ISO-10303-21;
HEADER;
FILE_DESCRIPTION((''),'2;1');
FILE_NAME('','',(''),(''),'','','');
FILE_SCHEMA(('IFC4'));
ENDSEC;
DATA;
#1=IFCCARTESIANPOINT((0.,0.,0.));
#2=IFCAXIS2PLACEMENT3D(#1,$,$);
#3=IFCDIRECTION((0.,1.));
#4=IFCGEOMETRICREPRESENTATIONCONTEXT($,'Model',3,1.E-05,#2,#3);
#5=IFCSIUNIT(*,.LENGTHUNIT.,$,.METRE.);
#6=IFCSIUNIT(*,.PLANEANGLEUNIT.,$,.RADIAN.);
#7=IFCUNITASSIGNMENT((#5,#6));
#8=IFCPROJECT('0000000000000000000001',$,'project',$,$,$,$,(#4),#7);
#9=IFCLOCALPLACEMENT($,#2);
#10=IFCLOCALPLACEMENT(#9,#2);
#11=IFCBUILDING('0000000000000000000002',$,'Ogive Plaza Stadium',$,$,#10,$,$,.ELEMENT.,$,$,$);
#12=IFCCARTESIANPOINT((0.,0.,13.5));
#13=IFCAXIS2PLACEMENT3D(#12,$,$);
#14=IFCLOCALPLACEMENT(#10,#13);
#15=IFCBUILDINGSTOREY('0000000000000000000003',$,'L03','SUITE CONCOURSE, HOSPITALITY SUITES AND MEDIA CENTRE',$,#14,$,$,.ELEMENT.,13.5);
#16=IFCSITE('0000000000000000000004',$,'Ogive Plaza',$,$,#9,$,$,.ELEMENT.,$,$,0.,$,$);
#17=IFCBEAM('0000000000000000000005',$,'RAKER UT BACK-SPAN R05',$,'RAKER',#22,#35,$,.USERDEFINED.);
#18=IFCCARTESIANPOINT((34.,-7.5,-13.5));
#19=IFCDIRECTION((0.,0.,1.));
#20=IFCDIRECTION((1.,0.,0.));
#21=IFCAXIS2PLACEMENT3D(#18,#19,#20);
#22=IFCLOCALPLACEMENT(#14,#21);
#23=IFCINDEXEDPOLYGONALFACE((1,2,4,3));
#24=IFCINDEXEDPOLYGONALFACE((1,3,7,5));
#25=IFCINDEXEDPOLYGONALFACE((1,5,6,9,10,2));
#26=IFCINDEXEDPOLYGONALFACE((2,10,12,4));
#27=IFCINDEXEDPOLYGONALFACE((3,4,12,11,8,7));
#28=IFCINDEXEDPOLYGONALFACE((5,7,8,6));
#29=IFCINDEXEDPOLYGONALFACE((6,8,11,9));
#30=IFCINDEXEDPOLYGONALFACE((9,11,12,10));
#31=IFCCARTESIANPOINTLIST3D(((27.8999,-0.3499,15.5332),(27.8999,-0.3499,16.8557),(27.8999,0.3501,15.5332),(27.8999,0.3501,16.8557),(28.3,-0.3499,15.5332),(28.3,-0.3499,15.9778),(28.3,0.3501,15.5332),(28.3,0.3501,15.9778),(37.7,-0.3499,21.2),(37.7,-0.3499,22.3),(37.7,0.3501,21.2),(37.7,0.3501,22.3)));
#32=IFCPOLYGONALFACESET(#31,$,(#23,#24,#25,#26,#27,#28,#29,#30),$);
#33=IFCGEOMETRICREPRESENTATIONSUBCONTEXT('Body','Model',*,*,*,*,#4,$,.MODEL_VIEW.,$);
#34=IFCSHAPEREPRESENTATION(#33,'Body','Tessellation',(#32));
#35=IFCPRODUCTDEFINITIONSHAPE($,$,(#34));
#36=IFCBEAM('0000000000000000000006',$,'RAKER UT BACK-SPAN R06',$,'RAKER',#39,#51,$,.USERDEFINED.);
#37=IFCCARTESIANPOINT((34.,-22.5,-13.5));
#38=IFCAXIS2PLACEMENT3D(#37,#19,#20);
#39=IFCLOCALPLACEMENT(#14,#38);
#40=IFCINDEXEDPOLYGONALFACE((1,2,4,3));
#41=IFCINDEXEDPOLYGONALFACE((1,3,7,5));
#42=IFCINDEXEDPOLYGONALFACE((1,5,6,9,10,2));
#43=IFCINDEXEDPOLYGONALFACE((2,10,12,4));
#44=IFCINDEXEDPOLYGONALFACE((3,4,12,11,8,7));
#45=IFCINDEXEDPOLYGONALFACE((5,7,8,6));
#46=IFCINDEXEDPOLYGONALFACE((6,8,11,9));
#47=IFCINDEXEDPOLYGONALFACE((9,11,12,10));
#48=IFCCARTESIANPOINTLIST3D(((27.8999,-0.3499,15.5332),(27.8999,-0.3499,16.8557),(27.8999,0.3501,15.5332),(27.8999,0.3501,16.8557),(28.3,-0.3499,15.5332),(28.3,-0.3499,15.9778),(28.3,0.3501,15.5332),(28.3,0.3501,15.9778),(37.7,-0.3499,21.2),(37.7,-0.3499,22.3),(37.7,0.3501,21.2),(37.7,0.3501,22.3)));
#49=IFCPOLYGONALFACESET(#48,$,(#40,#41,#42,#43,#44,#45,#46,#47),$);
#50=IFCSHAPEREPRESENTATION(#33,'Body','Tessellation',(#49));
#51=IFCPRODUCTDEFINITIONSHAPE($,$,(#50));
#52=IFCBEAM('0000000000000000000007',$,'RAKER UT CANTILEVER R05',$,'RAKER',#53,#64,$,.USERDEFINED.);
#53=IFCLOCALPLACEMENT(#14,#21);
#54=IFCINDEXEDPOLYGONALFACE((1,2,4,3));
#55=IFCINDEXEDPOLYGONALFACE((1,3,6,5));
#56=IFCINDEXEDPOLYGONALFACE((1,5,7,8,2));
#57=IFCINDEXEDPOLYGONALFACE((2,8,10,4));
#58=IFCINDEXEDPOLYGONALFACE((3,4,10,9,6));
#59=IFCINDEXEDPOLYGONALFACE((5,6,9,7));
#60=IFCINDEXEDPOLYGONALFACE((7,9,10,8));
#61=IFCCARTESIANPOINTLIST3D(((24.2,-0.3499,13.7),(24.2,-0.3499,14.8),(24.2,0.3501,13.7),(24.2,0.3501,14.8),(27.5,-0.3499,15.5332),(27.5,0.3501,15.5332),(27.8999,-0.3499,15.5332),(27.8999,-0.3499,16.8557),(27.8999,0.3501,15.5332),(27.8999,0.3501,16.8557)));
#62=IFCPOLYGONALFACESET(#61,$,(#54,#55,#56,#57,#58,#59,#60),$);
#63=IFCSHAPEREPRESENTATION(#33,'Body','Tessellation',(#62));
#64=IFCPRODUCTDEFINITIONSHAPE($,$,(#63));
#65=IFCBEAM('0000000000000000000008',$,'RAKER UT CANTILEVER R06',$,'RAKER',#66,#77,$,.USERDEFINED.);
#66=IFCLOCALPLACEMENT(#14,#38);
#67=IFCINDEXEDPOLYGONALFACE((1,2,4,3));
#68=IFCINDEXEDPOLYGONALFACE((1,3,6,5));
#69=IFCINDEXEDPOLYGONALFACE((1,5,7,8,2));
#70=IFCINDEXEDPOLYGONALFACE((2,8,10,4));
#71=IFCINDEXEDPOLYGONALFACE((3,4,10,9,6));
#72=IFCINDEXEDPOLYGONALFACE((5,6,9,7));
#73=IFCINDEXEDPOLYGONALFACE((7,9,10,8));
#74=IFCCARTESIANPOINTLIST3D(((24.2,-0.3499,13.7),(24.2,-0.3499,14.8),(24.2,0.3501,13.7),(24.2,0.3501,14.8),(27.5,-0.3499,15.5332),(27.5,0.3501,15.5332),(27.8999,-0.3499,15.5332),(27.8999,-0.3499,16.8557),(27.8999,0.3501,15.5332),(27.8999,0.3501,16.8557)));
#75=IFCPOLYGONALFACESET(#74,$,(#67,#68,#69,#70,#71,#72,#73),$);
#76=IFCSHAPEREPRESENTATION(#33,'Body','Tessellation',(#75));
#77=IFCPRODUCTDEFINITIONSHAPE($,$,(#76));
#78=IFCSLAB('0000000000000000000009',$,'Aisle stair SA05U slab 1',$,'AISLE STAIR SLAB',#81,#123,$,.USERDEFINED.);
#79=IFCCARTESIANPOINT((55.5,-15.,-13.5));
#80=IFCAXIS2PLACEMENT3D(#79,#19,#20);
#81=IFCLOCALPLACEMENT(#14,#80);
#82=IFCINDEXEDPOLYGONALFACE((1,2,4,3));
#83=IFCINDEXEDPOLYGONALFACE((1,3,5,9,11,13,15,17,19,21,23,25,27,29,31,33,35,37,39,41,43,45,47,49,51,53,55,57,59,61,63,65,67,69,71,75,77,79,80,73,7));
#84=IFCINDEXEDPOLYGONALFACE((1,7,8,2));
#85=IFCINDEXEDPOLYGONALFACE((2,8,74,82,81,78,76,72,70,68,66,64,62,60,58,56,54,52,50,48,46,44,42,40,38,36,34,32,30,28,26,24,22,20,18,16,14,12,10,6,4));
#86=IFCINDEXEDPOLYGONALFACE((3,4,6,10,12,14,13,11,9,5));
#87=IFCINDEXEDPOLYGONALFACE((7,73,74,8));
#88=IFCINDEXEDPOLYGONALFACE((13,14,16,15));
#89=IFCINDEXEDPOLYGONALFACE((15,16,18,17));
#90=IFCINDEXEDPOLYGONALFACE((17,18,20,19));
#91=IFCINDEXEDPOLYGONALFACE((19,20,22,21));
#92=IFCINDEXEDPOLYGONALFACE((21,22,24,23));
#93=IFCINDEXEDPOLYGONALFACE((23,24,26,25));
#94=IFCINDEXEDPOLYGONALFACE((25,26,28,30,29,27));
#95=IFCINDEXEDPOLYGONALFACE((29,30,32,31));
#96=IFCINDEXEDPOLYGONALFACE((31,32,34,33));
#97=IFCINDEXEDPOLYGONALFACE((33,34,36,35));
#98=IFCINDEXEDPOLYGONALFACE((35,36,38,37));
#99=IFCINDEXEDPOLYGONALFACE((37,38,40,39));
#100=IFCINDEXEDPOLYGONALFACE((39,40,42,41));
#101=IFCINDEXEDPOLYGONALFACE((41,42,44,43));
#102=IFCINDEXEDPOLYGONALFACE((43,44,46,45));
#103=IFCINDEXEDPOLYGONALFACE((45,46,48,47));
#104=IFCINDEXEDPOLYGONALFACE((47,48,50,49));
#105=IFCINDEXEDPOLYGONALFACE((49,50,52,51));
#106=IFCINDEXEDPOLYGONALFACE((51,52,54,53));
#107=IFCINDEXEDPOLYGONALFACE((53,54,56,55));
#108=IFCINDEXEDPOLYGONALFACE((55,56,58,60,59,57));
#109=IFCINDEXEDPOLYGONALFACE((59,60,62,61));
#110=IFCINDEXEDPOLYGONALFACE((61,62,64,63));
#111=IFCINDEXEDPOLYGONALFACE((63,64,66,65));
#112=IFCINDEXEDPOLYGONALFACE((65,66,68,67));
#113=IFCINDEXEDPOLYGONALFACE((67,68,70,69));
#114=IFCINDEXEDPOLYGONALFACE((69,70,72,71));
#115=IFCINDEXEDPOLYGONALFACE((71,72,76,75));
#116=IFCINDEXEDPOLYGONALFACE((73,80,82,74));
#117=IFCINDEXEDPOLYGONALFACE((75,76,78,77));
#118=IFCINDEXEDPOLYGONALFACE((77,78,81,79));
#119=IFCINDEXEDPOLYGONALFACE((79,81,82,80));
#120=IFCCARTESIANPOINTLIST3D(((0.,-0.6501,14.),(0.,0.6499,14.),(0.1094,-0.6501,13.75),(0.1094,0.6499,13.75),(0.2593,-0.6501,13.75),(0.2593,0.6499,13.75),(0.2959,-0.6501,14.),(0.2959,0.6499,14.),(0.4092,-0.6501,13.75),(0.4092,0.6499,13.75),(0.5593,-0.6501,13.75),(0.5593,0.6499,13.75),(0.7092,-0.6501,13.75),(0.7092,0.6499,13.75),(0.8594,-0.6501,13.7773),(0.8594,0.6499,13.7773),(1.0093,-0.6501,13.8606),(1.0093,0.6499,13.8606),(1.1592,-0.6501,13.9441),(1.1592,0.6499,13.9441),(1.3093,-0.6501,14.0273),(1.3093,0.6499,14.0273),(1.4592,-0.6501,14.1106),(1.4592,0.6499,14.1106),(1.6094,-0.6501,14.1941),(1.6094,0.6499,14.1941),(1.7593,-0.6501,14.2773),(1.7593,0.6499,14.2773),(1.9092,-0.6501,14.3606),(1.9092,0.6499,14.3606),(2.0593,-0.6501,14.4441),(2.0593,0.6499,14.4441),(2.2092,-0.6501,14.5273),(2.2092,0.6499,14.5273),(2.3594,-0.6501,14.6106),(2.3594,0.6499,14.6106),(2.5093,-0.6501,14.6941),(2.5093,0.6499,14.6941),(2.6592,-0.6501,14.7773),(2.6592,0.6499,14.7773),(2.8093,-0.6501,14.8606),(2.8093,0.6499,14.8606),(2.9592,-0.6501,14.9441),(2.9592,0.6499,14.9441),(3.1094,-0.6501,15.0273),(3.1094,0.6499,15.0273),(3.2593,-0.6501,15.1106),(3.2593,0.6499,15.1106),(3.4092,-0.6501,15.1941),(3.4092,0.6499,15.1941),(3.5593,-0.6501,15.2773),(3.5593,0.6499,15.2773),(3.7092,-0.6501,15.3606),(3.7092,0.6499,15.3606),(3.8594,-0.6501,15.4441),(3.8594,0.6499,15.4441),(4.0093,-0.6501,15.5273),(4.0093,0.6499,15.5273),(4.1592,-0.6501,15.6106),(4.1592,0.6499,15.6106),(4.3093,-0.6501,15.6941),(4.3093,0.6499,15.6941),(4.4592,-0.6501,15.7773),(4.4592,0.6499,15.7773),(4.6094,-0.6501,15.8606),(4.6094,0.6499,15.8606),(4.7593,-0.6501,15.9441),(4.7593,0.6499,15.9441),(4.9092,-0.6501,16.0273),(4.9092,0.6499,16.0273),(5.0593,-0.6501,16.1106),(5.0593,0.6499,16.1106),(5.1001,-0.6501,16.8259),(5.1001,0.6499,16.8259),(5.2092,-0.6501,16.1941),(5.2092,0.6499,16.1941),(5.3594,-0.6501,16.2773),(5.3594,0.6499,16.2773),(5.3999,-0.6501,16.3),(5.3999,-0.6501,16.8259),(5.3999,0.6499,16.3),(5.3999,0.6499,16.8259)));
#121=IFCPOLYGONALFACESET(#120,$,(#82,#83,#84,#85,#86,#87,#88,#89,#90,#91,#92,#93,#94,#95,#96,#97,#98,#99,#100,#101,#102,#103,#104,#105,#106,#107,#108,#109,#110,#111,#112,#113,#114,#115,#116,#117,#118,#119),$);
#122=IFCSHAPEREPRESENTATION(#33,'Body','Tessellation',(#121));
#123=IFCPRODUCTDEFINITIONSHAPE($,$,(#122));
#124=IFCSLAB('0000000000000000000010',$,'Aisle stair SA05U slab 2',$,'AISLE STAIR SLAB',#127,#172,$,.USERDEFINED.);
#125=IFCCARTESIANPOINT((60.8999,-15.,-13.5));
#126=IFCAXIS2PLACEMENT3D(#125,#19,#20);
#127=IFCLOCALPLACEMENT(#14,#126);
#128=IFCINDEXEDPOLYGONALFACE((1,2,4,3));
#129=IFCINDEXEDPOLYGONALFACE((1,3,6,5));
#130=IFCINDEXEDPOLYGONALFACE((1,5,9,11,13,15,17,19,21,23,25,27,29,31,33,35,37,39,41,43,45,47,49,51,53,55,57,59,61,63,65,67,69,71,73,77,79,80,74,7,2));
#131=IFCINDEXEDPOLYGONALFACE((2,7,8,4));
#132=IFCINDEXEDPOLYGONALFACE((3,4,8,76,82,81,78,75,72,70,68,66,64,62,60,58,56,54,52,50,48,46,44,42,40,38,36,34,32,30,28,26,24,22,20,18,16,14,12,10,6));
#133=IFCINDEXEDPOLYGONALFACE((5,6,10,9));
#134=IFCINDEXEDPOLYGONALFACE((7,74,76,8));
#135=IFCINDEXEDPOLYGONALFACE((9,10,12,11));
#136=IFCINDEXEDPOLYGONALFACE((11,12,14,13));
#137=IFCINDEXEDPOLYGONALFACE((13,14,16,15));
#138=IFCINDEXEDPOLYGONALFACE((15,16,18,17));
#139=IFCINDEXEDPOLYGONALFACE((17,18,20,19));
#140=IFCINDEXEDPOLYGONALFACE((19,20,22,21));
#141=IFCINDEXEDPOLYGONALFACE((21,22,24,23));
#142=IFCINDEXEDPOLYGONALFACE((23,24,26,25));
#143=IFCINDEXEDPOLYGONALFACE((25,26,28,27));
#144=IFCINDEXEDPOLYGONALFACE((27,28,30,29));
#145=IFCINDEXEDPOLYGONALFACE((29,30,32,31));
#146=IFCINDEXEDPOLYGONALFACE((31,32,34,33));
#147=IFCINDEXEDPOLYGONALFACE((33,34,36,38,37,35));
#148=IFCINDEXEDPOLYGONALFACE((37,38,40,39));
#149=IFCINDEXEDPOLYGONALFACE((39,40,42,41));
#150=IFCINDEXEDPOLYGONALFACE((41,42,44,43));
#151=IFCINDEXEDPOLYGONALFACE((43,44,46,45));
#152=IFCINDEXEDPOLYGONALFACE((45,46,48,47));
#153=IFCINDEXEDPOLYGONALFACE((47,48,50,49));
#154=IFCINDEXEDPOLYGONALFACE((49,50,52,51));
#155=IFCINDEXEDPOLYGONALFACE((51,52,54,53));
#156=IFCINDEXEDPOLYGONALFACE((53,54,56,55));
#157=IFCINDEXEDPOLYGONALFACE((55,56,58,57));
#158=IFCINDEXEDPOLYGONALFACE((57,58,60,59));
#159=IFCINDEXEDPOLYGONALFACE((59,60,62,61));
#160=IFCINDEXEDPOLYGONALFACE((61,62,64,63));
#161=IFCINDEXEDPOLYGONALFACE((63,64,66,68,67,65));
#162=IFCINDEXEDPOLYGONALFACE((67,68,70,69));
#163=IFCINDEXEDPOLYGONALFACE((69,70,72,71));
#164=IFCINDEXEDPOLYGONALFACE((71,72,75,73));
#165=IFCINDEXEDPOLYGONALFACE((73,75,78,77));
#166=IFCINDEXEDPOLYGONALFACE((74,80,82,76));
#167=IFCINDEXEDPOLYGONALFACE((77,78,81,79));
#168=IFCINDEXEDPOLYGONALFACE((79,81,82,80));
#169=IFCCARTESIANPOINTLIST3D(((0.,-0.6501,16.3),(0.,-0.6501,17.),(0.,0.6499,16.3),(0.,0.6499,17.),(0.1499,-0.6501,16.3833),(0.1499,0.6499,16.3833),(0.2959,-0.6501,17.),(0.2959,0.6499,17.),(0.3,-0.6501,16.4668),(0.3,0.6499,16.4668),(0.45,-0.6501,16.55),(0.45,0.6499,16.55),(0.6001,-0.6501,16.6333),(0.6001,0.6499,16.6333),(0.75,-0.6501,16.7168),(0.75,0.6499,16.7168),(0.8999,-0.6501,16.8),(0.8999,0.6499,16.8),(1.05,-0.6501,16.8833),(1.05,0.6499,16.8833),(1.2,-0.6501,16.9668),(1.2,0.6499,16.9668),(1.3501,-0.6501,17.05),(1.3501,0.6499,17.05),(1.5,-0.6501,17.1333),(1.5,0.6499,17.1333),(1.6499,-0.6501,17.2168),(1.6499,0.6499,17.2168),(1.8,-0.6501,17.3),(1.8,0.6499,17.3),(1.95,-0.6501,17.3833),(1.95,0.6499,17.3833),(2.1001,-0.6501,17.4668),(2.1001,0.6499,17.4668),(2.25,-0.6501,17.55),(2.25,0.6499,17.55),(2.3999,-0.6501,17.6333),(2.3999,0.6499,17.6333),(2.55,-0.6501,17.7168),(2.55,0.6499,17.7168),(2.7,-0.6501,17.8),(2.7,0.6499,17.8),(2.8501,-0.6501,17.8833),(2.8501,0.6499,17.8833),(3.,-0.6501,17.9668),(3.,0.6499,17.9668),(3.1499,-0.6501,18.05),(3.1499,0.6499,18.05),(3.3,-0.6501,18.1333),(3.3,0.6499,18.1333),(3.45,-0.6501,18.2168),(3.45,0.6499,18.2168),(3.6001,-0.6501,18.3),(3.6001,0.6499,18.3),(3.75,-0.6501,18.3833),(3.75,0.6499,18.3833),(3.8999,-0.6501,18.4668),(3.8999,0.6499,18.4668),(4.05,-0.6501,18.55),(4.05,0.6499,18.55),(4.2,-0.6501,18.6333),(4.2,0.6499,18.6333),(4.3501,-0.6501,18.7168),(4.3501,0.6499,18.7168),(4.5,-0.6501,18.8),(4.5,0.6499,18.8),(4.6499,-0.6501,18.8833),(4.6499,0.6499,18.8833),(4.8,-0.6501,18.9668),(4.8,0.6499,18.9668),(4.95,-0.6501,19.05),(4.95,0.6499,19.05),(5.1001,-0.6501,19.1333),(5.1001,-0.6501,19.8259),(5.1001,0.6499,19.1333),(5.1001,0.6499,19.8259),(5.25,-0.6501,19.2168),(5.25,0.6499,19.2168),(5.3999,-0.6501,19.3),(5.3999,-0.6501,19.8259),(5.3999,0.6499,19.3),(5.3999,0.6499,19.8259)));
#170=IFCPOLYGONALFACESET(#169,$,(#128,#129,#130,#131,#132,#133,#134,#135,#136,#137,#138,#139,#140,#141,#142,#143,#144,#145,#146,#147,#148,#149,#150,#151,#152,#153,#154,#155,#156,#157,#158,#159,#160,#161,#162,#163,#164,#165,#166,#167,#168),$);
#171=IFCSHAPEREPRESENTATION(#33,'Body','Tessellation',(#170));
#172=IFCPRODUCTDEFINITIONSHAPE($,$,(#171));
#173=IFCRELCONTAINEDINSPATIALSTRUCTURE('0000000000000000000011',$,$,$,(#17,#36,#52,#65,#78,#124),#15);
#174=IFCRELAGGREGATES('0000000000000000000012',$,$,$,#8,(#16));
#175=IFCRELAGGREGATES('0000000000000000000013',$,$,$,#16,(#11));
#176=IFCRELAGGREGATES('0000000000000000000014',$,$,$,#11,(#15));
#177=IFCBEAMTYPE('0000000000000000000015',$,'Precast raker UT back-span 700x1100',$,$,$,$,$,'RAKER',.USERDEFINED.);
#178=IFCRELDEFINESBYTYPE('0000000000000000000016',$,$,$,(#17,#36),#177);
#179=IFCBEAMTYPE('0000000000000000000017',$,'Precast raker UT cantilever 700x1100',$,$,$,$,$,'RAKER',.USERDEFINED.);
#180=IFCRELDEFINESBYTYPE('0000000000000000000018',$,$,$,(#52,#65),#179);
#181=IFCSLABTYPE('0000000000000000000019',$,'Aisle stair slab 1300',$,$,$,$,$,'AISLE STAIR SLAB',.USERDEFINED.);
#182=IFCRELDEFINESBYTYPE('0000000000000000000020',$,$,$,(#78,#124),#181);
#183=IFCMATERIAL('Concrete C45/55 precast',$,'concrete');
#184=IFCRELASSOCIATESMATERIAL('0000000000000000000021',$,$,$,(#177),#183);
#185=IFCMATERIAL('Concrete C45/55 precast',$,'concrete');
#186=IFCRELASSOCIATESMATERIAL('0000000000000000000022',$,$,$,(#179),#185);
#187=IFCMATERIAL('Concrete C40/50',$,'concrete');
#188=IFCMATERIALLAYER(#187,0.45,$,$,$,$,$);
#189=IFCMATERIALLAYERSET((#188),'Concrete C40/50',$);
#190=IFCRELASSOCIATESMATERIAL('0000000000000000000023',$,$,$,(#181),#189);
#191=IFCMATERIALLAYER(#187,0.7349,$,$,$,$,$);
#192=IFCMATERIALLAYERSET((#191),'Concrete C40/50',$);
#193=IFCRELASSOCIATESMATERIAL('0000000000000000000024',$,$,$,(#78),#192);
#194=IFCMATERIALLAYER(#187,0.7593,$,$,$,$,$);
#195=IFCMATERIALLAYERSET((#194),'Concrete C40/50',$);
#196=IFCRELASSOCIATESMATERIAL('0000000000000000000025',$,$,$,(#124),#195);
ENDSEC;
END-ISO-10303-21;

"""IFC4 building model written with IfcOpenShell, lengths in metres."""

from ifc_helpers import new_model, si_unit, direction, frame, origin, origin_2d, place, context, subcontext, project, spatial, polyline, rectangle, outline, extrude, material, layer, layer_set, material_profile, profile_set, type_object, element, save


model = new_model("IFC4")

# Units and contexts
model_context = context("Model", 3, precision=1e-05, world=origin(), true_north=direction((0.0, 1.0)))
body_context = subcontext(model_context, "Body", "Model", "MODEL_VIEW")
ifc_project = project(units=[si_unit("LENGTHUNIT", "METRE"), si_unit("PLANEANGLEUNIT", "RADIAN")], contexts=[model_context])

# Site, building, storey
site_placement = place(None, origin())
site = spatial("IfcSite", under=ifc_project, at=site_placement, Name="Ogive Plaza", CompositionType="ELEMENT", RefElevation=0.0)
building_placement = place(site_placement, origin())
building = spatial("IfcBuilding", under=site, at=building_placement, Name="Ogive Plaza Stadium", CompositionType="ELEMENT")
storey_placement = place(building_placement, frame((0.0, 0.0, 13.5)))
storey = spatial("IfcBuildingStorey", under=building, at=storey_placement, Name="L03", Description="SUITE CONCOURSE, HOSPITALITY SUITES AND MEDIA CENTRE", CompositionType="ELEMENT", Elevation=13.5)

# Beams
ifc_material_1 = material(Name="Concrete C45/55 precast", Category="concrete")
ifc_material_profile_1 = material_profile(ifc_material_1, rectangle(XDim=0.7, YDim=1.1001, at=origin_2d()), Name="RC 700x1100")
ifc_profile_set_1 = profile_set([ifc_material_profile_1], Name="Concrete C45/55 precast")
beam_type_1 = type_object("IfcBeamType", Name="Precast raker UT back-span 700x1100", ElementType="RAKER", PredefinedType="USERDEFINED", material=ifc_profile_set_1)
for number, where, z_axis, x_axis, name in (
    (1, (34.0, -7.5, -13.5), (0.0, 0.0, 1.0), (1.0, 0.0, 0.0), "RAKER UT BACK-SPAN R05"),
    (2, (34.0, -22.5, -13.5), (0.0, 0.0, 1.0), (1.0, 0.0, 0.0), "RAKER UT BACK-SPAN R06"),
):
    element("IfcBeam", number, at=place(storey_placement, frame(where, z_axis=z_axis, x_axis=x_axis)), inside=storey, type_object=beam_type_1, Name=name, ObjectType="RAKER", PredefinedType="USERDEFINED", context=body_context, shape_type="SweptSolid", body=[
        extrude(outline(polyline([(27.8999, 15.5332), (28.3, 15.5332), (28.3, 15.9778), (37.7, 21.2), (37.7, 22.3), (27.8999, 16.8557), (27.8999, 15.5332)])), frame((0.0, 0.3501, 0.0), z_axis=(0.0, -1.0, 0.0), x_axis=(1.0, 0.0, 0.0)), (0.0, 0.0, 1.0), 0.7),
    ])
ifc_material_2 = material(Name="Concrete C45/55 precast", Category="concrete")
ifc_material_profile_2 = material_profile(ifc_material_2, rectangle(XDim=0.7, YDim=1.1001, at=origin_2d()), Name="RC 700x1100")
ifc_profile_set_2 = profile_set([ifc_material_profile_2], Name="Concrete C45/55 precast")
beam_type_2 = type_object("IfcBeamType", Name="Precast raker UT cantilever 700x1100", ElementType="RAKER", PredefinedType="USERDEFINED", material=ifc_profile_set_2)
for number, where, z_axis, x_axis, name in (
    (3, (34.0, -7.5, -13.5), (0.0, 0.0, 1.0), (1.0, 0.0, 0.0), "RAKER UT CANTILEVER R05"),
    (4, (34.0, -22.5, -13.5), (0.0, 0.0, 1.0), (1.0, 0.0, 0.0), "RAKER UT CANTILEVER R06"),
):
    element("IfcBeam", number, at=place(storey_placement, frame(where, z_axis=z_axis, x_axis=x_axis)), inside=storey, type_object=beam_type_2, Name=name, ObjectType="RAKER", PredefinedType="USERDEFINED", context=body_context, shape_type="SweptSolid", body=[
        extrude(outline(polyline([(24.2, 13.7), (27.5, 15.5332), (27.8999, 15.5332), (27.8999, 16.8557), (24.2, 14.8), (24.2, 13.7)])), frame((0.0, 0.3501, 0.0), z_axis=(0.0, -1.0, 0.0), x_axis=(1.0, 0.0, 0.0)), (0.0, 0.0, 1.0), 0.7),
    ])

# Slabs
ifc_material_3 = material(Name="Concrete C40/50", Category="concrete")
ifc_layer_1 = layer(ifc_material_3, 0.7349)
ifc_layer_set_1 = layer_set([ifc_layer_1], Name="Concrete C40/50")
ifc_layer_2 = layer(ifc_material_3, 0.45)
ifc_layer_set_2 = layer_set([ifc_layer_2], Name="Concrete C40/50")
slab_type_1 = type_object("IfcSlabType", Name="Aisle stair slab 1300", ElementType="AISLE STAIR SLAB", PredefinedType="USERDEFINED", material=ifc_layer_set_2)
slab_1_placement = place(storey_placement, frame((55.5, -15.0, -13.5), z_axis=(0.0, 0.0, 1.0), x_axis=(1.0, 0.0, 0.0)))
element("IfcSlab", 5, at=slab_1_placement, inside=storey, type_object=slab_type_1, material=ifc_layer_set_1, Name="Aisle stair SA05U slab 1", ObjectType="AISLE STAIR SLAB", PredefinedType="USERDEFINED", context=body_context, shape_type="SweptSolid", body=[
    extrude(outline(polyline([(0.0, 14.0), (0.2959, 14.0), (5.1001, 16.8259), (5.3999, 16.8259), (5.3999, 16.3), (5.3594, 16.2773), (5.2092, 16.1941), (5.0593, 16.1106), (4.9092, 16.0273), (4.7593, 15.9441), (4.6094, 15.8606), (4.4592, 15.7773), (4.3093, 15.6941), (4.1592, 15.6106), (4.0093, 15.5273), (3.8594, 15.4441), (3.7092, 15.3606), (3.5593, 15.2773), (3.4092, 15.1941), (3.2593, 15.1106), (3.1094, 15.0273), (2.9592, 14.9441), (2.8093, 14.8606), (2.6592, 14.7773), (2.5093, 14.6941), (2.3594, 14.6106), (2.2092, 14.5273), (2.0593, 14.4441), (1.9092, 14.3606), (1.7593, 14.2773), (1.6094, 14.1941), (1.4592, 14.1106), (1.3093, 14.0273), (1.1592, 13.9441), (1.0093, 13.8606), (0.8594, 13.7773), (0.7092, 13.75), (0.5593, 13.75), (0.4092, 13.75), (0.2593, 13.75), (0.1094, 13.75), (0.0, 14.0)])), frame((0.0, 0.6499, 0.0), z_axis=(0.0, -1.0, 0.0), x_axis=(1.0, 0.0, 0.0)), (0.0, 0.0, 1.0), 1.3),
])
ifc_layer_3 = layer(ifc_material_3, 0.7593)
ifc_layer_set_3 = layer_set([ifc_layer_3], Name="Concrete C40/50")
slab_2_placement = place(storey_placement, frame((60.8999, -15.0, -13.5), z_axis=(0.0, 0.0, 1.0), x_axis=(1.0, 0.0, 0.0)))
element("IfcSlab", 6, at=slab_2_placement, inside=storey, type_object=slab_type_1, material=ifc_layer_set_3, Name="Aisle stair SA05U slab 2", ObjectType="AISLE STAIR SLAB", PredefinedType="USERDEFINED", context=body_context, shape_type="SweptSolid", body=[
    extrude(outline(polyline([(0.0, 17.0), (0.2959, 17.0), (5.1001, 19.8259), (5.3999, 19.8259), (5.3999, 19.3), (5.25, 19.2168), (5.1001, 19.1333), (4.95, 19.05), (4.8, 18.9668), (4.6499, 18.8833), (4.5, 18.8), (4.3501, 18.7168), (4.2, 18.6333), (4.05, 18.55), (3.8999, 18.4668), (3.75, 18.3833), (3.6001, 18.3), (3.45, 18.2168), (3.3, 18.1333), (3.1499, 18.05), (3.0, 17.9668), (2.8501, 17.8833), (2.7, 17.8), (2.55, 17.7168), (2.3999, 17.6333), (2.25, 17.55), (2.1001, 17.4668), (1.95, 17.3833), (1.8, 17.3), (1.6499, 17.2168), (1.5, 17.1333), (1.3501, 17.05), (1.2, 16.9668), (1.05, 16.8833), (0.8999, 16.8), (0.75, 16.7168), (0.6001, 16.6333), (0.45, 16.55), (0.3, 16.4668), (0.1499, 16.3833), (0.0, 16.3), (0.0, 17.0)])), frame((0.0, 0.6499, 0.0), z_axis=(0.0, -1.0, 0.0), x_axis=(1.0, 0.0, 0.0)), (0.0, 0.0, 1.0), 1.3),
])

save(model, "model.ifc")
